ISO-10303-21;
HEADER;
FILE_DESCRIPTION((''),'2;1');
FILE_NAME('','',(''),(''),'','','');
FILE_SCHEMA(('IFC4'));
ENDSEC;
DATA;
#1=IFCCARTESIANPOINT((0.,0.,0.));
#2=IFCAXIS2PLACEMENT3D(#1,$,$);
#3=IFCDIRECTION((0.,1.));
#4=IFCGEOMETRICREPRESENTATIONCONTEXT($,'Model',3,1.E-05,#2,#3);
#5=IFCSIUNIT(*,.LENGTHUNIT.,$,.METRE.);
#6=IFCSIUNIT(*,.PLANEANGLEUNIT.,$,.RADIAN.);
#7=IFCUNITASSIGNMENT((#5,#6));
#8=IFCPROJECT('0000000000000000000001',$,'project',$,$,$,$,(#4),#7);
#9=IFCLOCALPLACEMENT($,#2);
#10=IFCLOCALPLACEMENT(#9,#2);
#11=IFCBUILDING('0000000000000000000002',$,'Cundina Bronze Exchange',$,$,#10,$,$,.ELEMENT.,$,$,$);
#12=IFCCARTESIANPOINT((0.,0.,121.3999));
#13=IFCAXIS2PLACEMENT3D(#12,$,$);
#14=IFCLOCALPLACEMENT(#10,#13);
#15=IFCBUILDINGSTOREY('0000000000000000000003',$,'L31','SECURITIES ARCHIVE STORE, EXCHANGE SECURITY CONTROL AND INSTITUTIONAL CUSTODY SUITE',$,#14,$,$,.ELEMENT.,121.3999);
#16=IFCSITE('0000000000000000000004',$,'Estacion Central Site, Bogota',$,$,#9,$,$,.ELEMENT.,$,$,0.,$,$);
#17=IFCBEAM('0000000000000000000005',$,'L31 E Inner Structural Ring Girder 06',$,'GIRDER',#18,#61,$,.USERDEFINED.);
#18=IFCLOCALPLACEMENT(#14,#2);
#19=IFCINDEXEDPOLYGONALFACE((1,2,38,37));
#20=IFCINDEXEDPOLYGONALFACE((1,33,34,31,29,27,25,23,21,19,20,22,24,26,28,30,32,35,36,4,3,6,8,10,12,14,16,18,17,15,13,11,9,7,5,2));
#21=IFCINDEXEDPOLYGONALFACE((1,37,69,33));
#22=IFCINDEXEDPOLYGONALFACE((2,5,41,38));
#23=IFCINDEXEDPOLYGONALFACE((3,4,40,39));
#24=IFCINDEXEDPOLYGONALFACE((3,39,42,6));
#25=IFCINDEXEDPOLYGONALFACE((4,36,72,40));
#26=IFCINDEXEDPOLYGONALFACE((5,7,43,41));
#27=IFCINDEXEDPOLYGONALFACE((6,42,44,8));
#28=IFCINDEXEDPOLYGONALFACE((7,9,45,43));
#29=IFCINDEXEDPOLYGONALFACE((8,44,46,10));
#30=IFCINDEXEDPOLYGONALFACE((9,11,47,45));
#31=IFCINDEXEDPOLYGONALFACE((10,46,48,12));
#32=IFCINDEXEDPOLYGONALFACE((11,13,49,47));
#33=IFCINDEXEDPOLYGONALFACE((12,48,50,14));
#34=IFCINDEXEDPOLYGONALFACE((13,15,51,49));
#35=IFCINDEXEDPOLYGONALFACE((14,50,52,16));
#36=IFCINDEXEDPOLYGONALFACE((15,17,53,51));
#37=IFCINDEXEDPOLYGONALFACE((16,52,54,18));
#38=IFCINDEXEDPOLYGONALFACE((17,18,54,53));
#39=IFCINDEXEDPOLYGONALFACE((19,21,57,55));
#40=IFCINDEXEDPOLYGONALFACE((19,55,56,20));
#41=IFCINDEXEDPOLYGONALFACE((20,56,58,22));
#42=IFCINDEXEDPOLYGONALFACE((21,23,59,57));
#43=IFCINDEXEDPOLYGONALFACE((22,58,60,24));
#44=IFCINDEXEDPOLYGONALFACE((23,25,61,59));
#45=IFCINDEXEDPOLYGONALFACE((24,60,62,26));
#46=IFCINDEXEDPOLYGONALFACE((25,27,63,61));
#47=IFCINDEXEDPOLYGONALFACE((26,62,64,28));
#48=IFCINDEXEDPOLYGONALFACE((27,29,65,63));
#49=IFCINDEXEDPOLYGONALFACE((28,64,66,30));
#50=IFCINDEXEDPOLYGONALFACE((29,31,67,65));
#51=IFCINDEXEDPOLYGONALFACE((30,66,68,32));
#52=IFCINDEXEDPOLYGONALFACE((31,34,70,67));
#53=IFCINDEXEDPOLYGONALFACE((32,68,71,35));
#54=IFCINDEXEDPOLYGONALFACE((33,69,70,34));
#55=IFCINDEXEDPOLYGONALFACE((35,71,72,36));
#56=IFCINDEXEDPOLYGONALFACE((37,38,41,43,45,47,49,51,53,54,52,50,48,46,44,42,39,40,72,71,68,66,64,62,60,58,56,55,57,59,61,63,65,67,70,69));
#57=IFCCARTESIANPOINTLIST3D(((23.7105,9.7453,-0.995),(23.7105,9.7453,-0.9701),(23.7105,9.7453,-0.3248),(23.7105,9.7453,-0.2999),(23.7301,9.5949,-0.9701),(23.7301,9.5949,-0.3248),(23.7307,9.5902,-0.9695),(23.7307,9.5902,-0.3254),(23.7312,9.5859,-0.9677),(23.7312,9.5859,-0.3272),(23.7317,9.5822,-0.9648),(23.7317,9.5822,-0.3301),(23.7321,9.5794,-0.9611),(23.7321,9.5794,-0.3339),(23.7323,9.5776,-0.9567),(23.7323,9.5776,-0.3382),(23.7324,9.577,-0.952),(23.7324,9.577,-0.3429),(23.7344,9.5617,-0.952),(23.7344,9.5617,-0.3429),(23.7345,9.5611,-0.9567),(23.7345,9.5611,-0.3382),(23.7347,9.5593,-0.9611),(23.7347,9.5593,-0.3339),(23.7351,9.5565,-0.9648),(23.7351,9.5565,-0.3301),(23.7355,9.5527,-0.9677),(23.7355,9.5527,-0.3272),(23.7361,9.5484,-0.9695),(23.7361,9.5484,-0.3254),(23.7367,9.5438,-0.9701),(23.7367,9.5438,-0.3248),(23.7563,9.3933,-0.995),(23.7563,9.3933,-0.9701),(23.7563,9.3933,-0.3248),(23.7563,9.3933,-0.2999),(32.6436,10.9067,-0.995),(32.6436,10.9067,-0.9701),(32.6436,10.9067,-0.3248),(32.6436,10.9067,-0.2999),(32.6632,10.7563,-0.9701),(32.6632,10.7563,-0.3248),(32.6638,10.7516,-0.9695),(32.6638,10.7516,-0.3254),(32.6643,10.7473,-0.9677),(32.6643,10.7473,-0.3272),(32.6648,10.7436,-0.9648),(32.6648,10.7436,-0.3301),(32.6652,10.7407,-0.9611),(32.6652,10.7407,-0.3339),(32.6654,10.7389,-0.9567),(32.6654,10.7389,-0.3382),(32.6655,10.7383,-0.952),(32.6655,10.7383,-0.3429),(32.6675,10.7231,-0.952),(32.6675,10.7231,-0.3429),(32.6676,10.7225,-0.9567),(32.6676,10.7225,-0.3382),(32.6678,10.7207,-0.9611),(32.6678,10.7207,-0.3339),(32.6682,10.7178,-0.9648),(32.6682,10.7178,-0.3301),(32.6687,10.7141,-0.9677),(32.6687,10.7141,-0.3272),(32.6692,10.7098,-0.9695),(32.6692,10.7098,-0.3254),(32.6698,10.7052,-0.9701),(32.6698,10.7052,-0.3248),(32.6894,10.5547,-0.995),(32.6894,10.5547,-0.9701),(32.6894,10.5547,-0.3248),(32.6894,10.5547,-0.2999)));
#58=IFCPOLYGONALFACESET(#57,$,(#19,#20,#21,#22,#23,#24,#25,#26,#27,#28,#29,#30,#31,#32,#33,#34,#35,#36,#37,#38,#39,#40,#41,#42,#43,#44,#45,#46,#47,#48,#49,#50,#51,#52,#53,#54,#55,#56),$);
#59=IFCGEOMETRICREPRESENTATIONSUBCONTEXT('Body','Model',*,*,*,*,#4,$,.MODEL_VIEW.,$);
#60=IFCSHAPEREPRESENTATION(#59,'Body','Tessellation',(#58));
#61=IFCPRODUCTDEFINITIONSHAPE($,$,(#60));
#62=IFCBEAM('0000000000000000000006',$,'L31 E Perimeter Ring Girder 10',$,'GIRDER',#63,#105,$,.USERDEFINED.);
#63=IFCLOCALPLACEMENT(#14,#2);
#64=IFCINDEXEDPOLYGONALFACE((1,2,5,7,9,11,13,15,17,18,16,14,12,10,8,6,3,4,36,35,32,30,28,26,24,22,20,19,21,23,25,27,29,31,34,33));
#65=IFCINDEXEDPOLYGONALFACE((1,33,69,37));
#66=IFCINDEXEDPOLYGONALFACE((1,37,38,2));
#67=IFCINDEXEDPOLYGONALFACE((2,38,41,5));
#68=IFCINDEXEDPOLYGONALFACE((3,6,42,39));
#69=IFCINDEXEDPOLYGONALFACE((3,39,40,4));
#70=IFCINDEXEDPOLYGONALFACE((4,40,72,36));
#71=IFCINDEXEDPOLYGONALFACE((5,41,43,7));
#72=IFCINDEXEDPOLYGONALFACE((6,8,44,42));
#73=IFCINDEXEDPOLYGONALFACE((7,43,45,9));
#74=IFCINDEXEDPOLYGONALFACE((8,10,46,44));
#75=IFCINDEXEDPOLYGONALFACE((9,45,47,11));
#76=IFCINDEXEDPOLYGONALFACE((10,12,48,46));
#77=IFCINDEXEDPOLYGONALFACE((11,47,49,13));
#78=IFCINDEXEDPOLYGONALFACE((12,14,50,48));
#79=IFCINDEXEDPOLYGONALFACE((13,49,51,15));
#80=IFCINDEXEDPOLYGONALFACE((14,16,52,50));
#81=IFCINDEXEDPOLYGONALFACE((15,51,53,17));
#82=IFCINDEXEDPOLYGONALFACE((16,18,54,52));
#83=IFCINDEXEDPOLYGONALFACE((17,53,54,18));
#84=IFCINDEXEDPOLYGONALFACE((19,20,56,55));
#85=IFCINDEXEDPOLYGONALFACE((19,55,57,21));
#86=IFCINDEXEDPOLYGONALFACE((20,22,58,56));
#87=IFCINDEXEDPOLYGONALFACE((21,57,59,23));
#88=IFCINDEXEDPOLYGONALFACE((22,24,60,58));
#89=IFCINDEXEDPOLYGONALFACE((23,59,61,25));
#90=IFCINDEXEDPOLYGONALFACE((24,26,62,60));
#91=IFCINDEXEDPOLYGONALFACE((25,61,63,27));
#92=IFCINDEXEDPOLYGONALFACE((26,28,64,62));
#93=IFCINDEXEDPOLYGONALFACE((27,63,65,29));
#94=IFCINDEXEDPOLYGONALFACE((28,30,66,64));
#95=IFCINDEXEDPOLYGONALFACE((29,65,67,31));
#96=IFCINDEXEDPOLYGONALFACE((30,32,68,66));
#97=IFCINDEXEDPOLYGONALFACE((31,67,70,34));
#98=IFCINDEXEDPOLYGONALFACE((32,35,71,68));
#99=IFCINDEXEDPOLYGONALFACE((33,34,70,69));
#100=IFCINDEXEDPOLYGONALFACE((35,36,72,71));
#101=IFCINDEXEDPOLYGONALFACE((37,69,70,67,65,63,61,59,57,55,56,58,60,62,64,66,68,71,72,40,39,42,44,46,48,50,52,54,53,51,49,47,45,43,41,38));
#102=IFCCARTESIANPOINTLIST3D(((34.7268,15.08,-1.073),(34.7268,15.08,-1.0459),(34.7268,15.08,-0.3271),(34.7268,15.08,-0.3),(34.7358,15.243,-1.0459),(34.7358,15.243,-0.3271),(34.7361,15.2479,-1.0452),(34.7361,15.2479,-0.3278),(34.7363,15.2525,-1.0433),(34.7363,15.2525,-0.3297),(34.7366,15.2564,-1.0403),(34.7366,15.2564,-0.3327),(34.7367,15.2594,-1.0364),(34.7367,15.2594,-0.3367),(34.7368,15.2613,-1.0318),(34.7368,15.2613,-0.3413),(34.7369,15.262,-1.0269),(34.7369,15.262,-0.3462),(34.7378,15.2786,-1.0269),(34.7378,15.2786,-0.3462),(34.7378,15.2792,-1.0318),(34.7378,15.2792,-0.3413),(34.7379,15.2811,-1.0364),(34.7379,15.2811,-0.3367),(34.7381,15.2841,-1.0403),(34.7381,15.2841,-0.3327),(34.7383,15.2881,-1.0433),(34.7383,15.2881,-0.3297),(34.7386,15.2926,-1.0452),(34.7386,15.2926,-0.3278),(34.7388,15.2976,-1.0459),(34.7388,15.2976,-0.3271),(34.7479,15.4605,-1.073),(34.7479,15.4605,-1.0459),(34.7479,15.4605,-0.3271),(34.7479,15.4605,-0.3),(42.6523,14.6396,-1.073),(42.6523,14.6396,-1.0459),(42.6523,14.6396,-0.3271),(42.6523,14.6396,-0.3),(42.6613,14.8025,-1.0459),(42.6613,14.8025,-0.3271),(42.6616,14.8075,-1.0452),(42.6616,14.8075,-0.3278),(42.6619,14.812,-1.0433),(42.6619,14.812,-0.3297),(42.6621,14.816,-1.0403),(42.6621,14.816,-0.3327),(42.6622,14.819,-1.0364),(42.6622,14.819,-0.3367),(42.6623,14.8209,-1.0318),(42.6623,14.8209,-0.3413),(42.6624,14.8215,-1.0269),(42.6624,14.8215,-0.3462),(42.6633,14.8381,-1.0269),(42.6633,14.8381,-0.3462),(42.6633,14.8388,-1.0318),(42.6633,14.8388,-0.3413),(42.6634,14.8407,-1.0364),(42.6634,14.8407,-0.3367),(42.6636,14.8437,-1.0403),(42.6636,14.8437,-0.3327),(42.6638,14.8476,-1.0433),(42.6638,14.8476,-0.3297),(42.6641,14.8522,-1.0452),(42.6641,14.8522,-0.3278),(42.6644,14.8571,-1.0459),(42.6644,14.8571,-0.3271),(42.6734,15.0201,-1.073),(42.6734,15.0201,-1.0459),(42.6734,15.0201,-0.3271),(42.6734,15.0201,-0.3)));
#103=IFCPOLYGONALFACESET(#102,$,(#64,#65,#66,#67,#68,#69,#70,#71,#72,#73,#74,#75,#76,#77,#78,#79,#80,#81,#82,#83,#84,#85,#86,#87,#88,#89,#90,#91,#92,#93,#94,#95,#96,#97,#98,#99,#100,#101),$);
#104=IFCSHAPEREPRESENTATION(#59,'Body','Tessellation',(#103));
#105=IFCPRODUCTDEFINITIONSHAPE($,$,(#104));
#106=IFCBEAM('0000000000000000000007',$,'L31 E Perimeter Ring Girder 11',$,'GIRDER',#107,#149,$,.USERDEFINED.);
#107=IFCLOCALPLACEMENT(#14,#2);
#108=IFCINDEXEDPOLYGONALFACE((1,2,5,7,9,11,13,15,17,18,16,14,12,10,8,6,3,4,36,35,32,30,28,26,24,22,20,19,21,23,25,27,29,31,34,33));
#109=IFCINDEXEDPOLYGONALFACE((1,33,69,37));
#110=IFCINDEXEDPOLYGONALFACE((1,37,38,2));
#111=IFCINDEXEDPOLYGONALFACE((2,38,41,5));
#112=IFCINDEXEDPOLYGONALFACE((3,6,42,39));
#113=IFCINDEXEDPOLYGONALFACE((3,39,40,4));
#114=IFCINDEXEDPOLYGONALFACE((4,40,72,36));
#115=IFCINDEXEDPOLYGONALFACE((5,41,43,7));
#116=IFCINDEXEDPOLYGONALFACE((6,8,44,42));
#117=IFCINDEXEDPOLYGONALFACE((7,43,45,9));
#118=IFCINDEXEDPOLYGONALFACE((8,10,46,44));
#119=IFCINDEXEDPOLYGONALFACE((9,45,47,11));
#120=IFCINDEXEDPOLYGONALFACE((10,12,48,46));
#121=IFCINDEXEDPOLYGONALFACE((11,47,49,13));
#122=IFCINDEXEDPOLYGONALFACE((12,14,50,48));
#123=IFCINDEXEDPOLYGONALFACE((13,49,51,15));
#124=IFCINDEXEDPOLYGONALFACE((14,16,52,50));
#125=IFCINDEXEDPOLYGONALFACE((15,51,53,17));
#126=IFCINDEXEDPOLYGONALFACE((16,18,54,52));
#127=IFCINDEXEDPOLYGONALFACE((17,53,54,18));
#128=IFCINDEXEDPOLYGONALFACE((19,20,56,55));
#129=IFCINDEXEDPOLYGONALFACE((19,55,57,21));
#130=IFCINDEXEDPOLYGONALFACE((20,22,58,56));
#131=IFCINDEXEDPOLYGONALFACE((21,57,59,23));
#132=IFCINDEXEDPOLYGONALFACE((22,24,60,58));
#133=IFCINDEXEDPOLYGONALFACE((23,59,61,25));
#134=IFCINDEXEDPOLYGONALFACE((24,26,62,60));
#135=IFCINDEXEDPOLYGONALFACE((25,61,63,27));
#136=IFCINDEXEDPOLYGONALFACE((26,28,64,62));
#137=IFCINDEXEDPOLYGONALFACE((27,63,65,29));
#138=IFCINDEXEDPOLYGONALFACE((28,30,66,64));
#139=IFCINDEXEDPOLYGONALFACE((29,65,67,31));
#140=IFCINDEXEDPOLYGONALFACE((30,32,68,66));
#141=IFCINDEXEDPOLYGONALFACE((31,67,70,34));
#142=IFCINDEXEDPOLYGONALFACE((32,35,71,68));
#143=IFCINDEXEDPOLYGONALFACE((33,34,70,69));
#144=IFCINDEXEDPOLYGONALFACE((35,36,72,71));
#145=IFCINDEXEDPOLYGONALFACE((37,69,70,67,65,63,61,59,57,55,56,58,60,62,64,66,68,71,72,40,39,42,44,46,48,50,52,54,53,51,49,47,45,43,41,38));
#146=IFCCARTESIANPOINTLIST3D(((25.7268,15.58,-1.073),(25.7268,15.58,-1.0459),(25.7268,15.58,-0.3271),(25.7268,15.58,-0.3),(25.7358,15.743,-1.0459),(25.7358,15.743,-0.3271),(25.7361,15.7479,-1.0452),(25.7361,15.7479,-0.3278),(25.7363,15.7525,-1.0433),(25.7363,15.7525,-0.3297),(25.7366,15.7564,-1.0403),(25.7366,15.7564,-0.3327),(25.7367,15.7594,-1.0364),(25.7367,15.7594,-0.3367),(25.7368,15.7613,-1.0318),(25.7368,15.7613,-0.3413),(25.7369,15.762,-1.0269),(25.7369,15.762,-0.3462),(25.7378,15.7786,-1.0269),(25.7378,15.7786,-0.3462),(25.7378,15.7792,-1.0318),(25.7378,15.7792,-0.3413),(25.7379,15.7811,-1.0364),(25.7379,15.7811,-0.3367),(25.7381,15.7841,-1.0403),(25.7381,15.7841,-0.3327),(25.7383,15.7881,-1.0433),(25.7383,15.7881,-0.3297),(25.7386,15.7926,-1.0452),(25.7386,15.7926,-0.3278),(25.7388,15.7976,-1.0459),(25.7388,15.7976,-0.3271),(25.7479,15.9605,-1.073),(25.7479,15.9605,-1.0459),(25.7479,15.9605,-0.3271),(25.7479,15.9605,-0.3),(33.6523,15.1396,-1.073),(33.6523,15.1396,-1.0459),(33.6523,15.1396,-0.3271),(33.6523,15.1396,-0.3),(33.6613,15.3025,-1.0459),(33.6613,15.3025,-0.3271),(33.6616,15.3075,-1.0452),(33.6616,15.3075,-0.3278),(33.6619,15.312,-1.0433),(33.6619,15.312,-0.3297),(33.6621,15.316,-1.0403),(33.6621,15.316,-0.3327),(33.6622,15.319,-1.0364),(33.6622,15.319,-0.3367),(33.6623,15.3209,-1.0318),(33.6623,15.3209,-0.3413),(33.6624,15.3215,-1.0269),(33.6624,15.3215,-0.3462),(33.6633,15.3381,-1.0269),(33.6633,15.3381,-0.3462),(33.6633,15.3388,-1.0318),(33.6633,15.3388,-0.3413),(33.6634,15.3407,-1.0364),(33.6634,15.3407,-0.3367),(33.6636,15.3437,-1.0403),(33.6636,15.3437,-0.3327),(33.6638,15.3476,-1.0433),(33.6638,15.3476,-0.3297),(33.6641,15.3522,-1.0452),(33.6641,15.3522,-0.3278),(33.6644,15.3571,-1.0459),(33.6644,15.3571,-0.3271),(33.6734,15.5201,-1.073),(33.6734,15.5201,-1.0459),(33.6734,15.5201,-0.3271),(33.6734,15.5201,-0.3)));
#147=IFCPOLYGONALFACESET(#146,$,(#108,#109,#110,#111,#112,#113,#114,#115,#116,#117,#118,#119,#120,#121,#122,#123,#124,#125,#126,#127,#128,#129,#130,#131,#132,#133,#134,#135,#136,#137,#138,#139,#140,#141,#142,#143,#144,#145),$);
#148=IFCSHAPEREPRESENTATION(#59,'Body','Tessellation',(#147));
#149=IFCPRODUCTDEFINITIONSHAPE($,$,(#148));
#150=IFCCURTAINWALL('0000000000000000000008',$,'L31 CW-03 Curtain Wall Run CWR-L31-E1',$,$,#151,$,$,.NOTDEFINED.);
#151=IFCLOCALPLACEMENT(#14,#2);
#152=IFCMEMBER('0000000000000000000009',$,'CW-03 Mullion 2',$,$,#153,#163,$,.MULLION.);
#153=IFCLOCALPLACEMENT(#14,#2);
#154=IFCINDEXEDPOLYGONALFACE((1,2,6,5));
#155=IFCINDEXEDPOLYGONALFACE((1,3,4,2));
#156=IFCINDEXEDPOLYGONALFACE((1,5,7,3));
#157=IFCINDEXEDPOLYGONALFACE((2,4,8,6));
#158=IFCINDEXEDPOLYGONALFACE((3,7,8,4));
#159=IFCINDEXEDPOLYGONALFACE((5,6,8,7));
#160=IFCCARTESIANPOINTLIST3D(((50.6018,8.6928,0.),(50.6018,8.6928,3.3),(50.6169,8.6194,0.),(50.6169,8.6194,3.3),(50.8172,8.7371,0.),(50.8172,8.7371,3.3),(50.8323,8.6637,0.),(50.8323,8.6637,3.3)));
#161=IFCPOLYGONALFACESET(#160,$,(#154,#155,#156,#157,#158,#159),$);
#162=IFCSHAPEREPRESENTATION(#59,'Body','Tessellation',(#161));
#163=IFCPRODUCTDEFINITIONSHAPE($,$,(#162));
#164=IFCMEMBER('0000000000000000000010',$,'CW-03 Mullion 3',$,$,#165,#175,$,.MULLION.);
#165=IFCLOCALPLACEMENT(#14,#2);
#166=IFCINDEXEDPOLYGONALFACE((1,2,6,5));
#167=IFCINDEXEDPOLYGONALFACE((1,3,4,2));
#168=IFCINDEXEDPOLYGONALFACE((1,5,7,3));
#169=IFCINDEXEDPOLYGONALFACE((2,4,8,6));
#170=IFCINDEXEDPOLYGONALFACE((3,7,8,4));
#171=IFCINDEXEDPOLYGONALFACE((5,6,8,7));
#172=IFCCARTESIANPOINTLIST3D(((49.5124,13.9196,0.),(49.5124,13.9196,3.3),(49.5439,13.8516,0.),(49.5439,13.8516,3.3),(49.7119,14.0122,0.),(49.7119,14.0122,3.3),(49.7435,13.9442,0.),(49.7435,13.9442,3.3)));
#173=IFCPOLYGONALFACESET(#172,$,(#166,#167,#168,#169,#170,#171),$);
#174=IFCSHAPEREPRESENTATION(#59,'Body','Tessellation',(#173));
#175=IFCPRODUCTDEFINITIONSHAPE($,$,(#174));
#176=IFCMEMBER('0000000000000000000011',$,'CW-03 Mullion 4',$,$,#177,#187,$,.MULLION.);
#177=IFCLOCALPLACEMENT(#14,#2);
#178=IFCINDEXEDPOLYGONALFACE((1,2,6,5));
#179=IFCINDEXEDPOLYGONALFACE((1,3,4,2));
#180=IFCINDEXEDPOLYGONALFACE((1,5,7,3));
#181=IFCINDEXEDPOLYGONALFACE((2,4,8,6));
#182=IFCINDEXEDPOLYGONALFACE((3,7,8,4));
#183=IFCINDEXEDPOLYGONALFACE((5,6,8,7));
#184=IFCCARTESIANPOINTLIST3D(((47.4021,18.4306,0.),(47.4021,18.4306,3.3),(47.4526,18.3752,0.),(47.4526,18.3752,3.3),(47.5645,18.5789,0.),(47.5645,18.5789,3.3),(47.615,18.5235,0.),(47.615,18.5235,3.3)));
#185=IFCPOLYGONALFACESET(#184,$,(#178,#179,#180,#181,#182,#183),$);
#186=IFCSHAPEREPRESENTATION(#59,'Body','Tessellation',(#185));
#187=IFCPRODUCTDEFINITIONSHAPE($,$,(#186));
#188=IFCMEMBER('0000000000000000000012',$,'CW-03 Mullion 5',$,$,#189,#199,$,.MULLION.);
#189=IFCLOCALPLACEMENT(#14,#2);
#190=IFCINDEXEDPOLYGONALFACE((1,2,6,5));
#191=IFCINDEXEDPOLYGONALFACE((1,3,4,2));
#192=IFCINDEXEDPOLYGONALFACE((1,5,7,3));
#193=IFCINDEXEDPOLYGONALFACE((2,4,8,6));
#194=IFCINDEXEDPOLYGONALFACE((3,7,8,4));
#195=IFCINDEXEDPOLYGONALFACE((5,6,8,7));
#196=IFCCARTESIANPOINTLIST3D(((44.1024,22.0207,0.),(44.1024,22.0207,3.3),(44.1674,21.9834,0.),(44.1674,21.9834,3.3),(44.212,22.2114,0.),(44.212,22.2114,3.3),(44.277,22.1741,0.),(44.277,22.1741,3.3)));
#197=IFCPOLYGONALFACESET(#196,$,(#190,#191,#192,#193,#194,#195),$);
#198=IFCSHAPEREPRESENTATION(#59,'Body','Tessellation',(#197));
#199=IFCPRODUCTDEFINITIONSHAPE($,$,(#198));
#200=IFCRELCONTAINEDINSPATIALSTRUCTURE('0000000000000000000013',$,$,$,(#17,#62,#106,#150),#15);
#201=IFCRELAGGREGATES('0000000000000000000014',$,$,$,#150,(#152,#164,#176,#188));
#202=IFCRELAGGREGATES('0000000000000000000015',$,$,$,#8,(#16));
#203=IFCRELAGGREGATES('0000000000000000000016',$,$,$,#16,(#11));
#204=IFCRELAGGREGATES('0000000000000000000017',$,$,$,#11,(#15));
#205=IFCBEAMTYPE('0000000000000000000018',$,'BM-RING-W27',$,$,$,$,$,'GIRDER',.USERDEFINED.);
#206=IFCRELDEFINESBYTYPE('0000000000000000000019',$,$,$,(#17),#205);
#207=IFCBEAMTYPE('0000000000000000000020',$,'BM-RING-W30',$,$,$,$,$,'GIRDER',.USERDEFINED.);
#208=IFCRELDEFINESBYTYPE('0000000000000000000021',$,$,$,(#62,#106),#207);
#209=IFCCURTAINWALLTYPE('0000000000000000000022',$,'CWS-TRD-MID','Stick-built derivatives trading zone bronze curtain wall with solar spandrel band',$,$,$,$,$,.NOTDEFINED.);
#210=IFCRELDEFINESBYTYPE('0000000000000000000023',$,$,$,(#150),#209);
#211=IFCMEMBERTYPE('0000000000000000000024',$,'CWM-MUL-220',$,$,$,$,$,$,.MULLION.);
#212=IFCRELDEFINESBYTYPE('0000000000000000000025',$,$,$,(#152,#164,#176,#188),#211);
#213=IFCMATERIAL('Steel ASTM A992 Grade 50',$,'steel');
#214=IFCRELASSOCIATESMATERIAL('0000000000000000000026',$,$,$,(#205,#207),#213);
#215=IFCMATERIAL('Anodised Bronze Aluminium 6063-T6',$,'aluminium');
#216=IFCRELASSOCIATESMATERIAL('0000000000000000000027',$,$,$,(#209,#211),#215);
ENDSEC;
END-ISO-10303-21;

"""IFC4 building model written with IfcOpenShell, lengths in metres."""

from ifc_helpers import new_model, si_unit, direction, frame, origin, origin_2d, place, context, subcontext, project, spatial, rectangle, i_section, extrude, material, material_profile, profile_set, type_object, element, aggregate, save


model = new_model("IFC4")

# Units and contexts
model_context = context("Model", 3, precision=1e-05, world=origin(), true_north=direction((0.0, 1.0)))
body_context = subcontext(model_context, "Body", "Model", "MODEL_VIEW")
ifc_project = project(units=[si_unit("LENGTHUNIT", "METRE"), si_unit("PLANEANGLEUNIT", "RADIAN")], contexts=[model_context])

# Site, building, storey
site_placement = place(None, origin())
site = spatial("IfcSite", under=ifc_project, at=site_placement, Name="Estacion Central Site, Bogota", CompositionType="ELEMENT", RefElevation=0.0)
building_placement = place(site_placement, origin())
building = spatial("IfcBuilding", under=site, at=building_placement, Name="Cundina Bronze Exchange", CompositionType="ELEMENT")
storey_placement = place(building_placement, frame((0.0, 0.0, 121.3999)))
storey = spatial("IfcBuildingStorey", under=building, at=storey_placement, Name="L31", Description="SECURITIES ARCHIVE STORE, EXCHANGE SECURITY CONTROL AND INSTITUTIONAL CUSTODY SUITE", CompositionType="ELEMENT", Elevation=121.3999)

# Beams
ifc_material_1 = material(Name="Steel ASTM A992 Grade 50", Category="steel")
ifc_material_profile_1 = material_profile(ifc_material_1, i_section(OverallWidth=0.355, OverallDepth=0.6951, WebThickness=0.0154, FlangeThickness=0.0249, FilletRadius=0.0181, at=origin_2d()), Name="W27X146", Category="steel")
ifc_profile_set_1 = profile_set([ifc_material_profile_1], Name="Steel ASTM A992 Grade 50")
beam_type_1 = type_object("IfcBeamType", Name="BM-RING-W27", ElementType="GIRDER", PredefinedType="USERDEFINED", material=ifc_profile_set_1)
beam_1_placement = place(storey_placement, frame((32.6665, 10.7307, -0.6475), z_axis=(-0.991655, -0.128923, 0.0), x_axis=(0.128923, -0.991655, 0.0)))
element("IfcBeam", 1, at=beam_1_placement, inside=storey, type_object=beam_type_1, Name="L31 E Inner Structural Ring Girder 06", ObjectType="GIRDER", PredefinedType="USERDEFINED", context=body_context, shape_type="SweptSolid", body=[
    extrude(i_section(OverallWidth=0.355, OverallDepth=0.6951, WebThickness=0.0154, FlangeThickness=0.0249, FilletRadius=0.0181, at=origin_2d()), origin(), (0.0, 0.0, 1.0), 9.0083),
])
ifc_material_profile_2 = material_profile(ifc_material_1, i_section(OverallWidth=0.3811, OverallDepth=0.7729, WebThickness=0.0166, FlangeThickness=0.0271, FilletRadius=0.019, at=origin_2d()), Name="W30X173", Category="steel")
ifc_profile_set_2 = profile_set([ifc_material_profile_2], Name="Steel ASTM A992 Grade 50")
beam_type_2 = type_object("IfcBeamType", Name="BM-RING-W30", ElementType="GIRDER", PredefinedType="USERDEFINED", material=ifc_profile_set_2)
for number, where, z_axis, x_axis, name in (
    (2, (42.6628, 14.8298, -0.6865), (-0.99846, 0.055485, 0.0), (-0.055485, -0.99846, 0.0), "L31 E Perimeter Ring Girder 10"),
    (3, (33.6628, 15.3298, -0.6865), (-0.99846, 0.055485, 0.0), (-0.055485, -0.99846, 0.0), "L31 E Perimeter Ring Girder 11"),
):
    element("IfcBeam", number, at=place(storey_placement, frame(where, z_axis=z_axis, x_axis=x_axis)), inside=storey, type_object=beam_type_2, Name=name, ObjectType="GIRDER", PredefinedType="USERDEFINED", context=body_context, shape_type="SweptSolid", body=[
        extrude(i_section(OverallWidth=0.3811, OverallDepth=0.7729, WebThickness=0.0166, FlangeThickness=0.0271, FilletRadius=0.019, at=origin_2d()), origin(), (0.0, 0.0, 1.0), 7.9377),
    ])

# Curtain wall, members
ifc_material_2 = material(Name="Anodised Bronze Aluminium 6063-T6", Category="aluminium")
curtain_wall_type = type_object("IfcCurtainWallType", Name="CWS-TRD-MID", Description="Stick-built derivatives trading zone bronze curtain wall with solar spandrel band", PredefinedType="NOTDEFINED", material=ifc_material_2)
curtain_wall_placement = place(storey_placement, origin())
curtain_wall = element("IfcCurtainWall", 4, at=curtain_wall_placement, inside=storey, type_object=curtain_wall_type, Name="L31 CW-03 Curtain Wall Run CWR-L31-E1", PredefinedType="NOTDEFINED")
ifc_material_profile_3 = material_profile(ifc_material_2, rectangle(XDim=0.075, YDim=0.22, at=origin_2d()), Name="AL75X220", Category="aluminium")
ifc_profile_set_3 = profile_set([ifc_material_profile_3], Name="Anodised Bronze Aluminium 6063-T6")
member_type_1 = type_object("IfcMemberType", Name="CWM-MUL-220", PredefinedType="MULLION", material=ifc_profile_set_3)
member_1_placement = place(storey_placement, frame((50.717, 8.6782, 0.0), z_axis=(0.0, 0.0, 1.0), x_axis=(-0.20142, 0.979505, 0.0)))
member_1 = element("IfcMember", 5, at=member_1_placement, type_object=member_type_1, Name="CW-03 Mullion 2", PredefinedType="MULLION", context=body_context, shape_type="SweptSolid", body=[
    extrude(rectangle(XDim=0.075, YDim=0.22, at=origin_2d()), origin(), (0.0, 0.0, 1.0), 3.3),
])
member_2_placement = place(storey_placement, frame((49.6279, 13.9319, 0.0), z_axis=(0.0, 0.0, 1.0), x_axis=(-0.420877, 0.907117, 0.0)))
member_2 = element("IfcMember", 6, at=member_2_placement, type_object=member_type_1, Name="CW-03 Mullion 3", PredefinedType="MULLION", context=body_context, shape_type="SweptSolid", body=[
    extrude(rectangle(XDim=0.075, YDim=0.22, at=origin_2d()), origin(), (0.0, 0.0, 1.0), 3.3),
])
member_3_placement = place(storey_placement, frame((47.5085, 18.4771, 0.0), z_axis=(0.0, 0.0, 1.0), x_axis=(-0.674302, 0.738455, 0.0)))
member_3 = element("IfcMember", 7, at=member_3_placement, type_object=member_type_1, Name="CW-03 Mullion 4", PredefinedType="MULLION", context=body_context, shape_type="SweptSolid", body=[
    extrude(rectangle(XDim=0.075, YDim=0.22, at=origin_2d()), origin(), (0.0, 0.0, 1.0), 3.3),
])
member_4_placement = place(storey_placement, frame((44.1897, 22.0974, 0.0), z_axis=(0.0, 0.0, 1.0), x_axis=(-0.867071, 0.498185, 0.0)))
member_4 = element("IfcMember", 8, at=member_4_placement, type_object=member_type_1, Name="CW-03 Mullion 5", PredefinedType="MULLION", context=body_context, shape_type="SweptSolid", body=[
    extrude(rectangle(XDim=0.075, YDim=0.22, at=origin_2d()), origin(), (0.0, 0.0, 1.0), 3.3),
])
aggregate(curtain_wall, [member_1, member_2, member_3, member_4])

save(model, "model.ifc")
